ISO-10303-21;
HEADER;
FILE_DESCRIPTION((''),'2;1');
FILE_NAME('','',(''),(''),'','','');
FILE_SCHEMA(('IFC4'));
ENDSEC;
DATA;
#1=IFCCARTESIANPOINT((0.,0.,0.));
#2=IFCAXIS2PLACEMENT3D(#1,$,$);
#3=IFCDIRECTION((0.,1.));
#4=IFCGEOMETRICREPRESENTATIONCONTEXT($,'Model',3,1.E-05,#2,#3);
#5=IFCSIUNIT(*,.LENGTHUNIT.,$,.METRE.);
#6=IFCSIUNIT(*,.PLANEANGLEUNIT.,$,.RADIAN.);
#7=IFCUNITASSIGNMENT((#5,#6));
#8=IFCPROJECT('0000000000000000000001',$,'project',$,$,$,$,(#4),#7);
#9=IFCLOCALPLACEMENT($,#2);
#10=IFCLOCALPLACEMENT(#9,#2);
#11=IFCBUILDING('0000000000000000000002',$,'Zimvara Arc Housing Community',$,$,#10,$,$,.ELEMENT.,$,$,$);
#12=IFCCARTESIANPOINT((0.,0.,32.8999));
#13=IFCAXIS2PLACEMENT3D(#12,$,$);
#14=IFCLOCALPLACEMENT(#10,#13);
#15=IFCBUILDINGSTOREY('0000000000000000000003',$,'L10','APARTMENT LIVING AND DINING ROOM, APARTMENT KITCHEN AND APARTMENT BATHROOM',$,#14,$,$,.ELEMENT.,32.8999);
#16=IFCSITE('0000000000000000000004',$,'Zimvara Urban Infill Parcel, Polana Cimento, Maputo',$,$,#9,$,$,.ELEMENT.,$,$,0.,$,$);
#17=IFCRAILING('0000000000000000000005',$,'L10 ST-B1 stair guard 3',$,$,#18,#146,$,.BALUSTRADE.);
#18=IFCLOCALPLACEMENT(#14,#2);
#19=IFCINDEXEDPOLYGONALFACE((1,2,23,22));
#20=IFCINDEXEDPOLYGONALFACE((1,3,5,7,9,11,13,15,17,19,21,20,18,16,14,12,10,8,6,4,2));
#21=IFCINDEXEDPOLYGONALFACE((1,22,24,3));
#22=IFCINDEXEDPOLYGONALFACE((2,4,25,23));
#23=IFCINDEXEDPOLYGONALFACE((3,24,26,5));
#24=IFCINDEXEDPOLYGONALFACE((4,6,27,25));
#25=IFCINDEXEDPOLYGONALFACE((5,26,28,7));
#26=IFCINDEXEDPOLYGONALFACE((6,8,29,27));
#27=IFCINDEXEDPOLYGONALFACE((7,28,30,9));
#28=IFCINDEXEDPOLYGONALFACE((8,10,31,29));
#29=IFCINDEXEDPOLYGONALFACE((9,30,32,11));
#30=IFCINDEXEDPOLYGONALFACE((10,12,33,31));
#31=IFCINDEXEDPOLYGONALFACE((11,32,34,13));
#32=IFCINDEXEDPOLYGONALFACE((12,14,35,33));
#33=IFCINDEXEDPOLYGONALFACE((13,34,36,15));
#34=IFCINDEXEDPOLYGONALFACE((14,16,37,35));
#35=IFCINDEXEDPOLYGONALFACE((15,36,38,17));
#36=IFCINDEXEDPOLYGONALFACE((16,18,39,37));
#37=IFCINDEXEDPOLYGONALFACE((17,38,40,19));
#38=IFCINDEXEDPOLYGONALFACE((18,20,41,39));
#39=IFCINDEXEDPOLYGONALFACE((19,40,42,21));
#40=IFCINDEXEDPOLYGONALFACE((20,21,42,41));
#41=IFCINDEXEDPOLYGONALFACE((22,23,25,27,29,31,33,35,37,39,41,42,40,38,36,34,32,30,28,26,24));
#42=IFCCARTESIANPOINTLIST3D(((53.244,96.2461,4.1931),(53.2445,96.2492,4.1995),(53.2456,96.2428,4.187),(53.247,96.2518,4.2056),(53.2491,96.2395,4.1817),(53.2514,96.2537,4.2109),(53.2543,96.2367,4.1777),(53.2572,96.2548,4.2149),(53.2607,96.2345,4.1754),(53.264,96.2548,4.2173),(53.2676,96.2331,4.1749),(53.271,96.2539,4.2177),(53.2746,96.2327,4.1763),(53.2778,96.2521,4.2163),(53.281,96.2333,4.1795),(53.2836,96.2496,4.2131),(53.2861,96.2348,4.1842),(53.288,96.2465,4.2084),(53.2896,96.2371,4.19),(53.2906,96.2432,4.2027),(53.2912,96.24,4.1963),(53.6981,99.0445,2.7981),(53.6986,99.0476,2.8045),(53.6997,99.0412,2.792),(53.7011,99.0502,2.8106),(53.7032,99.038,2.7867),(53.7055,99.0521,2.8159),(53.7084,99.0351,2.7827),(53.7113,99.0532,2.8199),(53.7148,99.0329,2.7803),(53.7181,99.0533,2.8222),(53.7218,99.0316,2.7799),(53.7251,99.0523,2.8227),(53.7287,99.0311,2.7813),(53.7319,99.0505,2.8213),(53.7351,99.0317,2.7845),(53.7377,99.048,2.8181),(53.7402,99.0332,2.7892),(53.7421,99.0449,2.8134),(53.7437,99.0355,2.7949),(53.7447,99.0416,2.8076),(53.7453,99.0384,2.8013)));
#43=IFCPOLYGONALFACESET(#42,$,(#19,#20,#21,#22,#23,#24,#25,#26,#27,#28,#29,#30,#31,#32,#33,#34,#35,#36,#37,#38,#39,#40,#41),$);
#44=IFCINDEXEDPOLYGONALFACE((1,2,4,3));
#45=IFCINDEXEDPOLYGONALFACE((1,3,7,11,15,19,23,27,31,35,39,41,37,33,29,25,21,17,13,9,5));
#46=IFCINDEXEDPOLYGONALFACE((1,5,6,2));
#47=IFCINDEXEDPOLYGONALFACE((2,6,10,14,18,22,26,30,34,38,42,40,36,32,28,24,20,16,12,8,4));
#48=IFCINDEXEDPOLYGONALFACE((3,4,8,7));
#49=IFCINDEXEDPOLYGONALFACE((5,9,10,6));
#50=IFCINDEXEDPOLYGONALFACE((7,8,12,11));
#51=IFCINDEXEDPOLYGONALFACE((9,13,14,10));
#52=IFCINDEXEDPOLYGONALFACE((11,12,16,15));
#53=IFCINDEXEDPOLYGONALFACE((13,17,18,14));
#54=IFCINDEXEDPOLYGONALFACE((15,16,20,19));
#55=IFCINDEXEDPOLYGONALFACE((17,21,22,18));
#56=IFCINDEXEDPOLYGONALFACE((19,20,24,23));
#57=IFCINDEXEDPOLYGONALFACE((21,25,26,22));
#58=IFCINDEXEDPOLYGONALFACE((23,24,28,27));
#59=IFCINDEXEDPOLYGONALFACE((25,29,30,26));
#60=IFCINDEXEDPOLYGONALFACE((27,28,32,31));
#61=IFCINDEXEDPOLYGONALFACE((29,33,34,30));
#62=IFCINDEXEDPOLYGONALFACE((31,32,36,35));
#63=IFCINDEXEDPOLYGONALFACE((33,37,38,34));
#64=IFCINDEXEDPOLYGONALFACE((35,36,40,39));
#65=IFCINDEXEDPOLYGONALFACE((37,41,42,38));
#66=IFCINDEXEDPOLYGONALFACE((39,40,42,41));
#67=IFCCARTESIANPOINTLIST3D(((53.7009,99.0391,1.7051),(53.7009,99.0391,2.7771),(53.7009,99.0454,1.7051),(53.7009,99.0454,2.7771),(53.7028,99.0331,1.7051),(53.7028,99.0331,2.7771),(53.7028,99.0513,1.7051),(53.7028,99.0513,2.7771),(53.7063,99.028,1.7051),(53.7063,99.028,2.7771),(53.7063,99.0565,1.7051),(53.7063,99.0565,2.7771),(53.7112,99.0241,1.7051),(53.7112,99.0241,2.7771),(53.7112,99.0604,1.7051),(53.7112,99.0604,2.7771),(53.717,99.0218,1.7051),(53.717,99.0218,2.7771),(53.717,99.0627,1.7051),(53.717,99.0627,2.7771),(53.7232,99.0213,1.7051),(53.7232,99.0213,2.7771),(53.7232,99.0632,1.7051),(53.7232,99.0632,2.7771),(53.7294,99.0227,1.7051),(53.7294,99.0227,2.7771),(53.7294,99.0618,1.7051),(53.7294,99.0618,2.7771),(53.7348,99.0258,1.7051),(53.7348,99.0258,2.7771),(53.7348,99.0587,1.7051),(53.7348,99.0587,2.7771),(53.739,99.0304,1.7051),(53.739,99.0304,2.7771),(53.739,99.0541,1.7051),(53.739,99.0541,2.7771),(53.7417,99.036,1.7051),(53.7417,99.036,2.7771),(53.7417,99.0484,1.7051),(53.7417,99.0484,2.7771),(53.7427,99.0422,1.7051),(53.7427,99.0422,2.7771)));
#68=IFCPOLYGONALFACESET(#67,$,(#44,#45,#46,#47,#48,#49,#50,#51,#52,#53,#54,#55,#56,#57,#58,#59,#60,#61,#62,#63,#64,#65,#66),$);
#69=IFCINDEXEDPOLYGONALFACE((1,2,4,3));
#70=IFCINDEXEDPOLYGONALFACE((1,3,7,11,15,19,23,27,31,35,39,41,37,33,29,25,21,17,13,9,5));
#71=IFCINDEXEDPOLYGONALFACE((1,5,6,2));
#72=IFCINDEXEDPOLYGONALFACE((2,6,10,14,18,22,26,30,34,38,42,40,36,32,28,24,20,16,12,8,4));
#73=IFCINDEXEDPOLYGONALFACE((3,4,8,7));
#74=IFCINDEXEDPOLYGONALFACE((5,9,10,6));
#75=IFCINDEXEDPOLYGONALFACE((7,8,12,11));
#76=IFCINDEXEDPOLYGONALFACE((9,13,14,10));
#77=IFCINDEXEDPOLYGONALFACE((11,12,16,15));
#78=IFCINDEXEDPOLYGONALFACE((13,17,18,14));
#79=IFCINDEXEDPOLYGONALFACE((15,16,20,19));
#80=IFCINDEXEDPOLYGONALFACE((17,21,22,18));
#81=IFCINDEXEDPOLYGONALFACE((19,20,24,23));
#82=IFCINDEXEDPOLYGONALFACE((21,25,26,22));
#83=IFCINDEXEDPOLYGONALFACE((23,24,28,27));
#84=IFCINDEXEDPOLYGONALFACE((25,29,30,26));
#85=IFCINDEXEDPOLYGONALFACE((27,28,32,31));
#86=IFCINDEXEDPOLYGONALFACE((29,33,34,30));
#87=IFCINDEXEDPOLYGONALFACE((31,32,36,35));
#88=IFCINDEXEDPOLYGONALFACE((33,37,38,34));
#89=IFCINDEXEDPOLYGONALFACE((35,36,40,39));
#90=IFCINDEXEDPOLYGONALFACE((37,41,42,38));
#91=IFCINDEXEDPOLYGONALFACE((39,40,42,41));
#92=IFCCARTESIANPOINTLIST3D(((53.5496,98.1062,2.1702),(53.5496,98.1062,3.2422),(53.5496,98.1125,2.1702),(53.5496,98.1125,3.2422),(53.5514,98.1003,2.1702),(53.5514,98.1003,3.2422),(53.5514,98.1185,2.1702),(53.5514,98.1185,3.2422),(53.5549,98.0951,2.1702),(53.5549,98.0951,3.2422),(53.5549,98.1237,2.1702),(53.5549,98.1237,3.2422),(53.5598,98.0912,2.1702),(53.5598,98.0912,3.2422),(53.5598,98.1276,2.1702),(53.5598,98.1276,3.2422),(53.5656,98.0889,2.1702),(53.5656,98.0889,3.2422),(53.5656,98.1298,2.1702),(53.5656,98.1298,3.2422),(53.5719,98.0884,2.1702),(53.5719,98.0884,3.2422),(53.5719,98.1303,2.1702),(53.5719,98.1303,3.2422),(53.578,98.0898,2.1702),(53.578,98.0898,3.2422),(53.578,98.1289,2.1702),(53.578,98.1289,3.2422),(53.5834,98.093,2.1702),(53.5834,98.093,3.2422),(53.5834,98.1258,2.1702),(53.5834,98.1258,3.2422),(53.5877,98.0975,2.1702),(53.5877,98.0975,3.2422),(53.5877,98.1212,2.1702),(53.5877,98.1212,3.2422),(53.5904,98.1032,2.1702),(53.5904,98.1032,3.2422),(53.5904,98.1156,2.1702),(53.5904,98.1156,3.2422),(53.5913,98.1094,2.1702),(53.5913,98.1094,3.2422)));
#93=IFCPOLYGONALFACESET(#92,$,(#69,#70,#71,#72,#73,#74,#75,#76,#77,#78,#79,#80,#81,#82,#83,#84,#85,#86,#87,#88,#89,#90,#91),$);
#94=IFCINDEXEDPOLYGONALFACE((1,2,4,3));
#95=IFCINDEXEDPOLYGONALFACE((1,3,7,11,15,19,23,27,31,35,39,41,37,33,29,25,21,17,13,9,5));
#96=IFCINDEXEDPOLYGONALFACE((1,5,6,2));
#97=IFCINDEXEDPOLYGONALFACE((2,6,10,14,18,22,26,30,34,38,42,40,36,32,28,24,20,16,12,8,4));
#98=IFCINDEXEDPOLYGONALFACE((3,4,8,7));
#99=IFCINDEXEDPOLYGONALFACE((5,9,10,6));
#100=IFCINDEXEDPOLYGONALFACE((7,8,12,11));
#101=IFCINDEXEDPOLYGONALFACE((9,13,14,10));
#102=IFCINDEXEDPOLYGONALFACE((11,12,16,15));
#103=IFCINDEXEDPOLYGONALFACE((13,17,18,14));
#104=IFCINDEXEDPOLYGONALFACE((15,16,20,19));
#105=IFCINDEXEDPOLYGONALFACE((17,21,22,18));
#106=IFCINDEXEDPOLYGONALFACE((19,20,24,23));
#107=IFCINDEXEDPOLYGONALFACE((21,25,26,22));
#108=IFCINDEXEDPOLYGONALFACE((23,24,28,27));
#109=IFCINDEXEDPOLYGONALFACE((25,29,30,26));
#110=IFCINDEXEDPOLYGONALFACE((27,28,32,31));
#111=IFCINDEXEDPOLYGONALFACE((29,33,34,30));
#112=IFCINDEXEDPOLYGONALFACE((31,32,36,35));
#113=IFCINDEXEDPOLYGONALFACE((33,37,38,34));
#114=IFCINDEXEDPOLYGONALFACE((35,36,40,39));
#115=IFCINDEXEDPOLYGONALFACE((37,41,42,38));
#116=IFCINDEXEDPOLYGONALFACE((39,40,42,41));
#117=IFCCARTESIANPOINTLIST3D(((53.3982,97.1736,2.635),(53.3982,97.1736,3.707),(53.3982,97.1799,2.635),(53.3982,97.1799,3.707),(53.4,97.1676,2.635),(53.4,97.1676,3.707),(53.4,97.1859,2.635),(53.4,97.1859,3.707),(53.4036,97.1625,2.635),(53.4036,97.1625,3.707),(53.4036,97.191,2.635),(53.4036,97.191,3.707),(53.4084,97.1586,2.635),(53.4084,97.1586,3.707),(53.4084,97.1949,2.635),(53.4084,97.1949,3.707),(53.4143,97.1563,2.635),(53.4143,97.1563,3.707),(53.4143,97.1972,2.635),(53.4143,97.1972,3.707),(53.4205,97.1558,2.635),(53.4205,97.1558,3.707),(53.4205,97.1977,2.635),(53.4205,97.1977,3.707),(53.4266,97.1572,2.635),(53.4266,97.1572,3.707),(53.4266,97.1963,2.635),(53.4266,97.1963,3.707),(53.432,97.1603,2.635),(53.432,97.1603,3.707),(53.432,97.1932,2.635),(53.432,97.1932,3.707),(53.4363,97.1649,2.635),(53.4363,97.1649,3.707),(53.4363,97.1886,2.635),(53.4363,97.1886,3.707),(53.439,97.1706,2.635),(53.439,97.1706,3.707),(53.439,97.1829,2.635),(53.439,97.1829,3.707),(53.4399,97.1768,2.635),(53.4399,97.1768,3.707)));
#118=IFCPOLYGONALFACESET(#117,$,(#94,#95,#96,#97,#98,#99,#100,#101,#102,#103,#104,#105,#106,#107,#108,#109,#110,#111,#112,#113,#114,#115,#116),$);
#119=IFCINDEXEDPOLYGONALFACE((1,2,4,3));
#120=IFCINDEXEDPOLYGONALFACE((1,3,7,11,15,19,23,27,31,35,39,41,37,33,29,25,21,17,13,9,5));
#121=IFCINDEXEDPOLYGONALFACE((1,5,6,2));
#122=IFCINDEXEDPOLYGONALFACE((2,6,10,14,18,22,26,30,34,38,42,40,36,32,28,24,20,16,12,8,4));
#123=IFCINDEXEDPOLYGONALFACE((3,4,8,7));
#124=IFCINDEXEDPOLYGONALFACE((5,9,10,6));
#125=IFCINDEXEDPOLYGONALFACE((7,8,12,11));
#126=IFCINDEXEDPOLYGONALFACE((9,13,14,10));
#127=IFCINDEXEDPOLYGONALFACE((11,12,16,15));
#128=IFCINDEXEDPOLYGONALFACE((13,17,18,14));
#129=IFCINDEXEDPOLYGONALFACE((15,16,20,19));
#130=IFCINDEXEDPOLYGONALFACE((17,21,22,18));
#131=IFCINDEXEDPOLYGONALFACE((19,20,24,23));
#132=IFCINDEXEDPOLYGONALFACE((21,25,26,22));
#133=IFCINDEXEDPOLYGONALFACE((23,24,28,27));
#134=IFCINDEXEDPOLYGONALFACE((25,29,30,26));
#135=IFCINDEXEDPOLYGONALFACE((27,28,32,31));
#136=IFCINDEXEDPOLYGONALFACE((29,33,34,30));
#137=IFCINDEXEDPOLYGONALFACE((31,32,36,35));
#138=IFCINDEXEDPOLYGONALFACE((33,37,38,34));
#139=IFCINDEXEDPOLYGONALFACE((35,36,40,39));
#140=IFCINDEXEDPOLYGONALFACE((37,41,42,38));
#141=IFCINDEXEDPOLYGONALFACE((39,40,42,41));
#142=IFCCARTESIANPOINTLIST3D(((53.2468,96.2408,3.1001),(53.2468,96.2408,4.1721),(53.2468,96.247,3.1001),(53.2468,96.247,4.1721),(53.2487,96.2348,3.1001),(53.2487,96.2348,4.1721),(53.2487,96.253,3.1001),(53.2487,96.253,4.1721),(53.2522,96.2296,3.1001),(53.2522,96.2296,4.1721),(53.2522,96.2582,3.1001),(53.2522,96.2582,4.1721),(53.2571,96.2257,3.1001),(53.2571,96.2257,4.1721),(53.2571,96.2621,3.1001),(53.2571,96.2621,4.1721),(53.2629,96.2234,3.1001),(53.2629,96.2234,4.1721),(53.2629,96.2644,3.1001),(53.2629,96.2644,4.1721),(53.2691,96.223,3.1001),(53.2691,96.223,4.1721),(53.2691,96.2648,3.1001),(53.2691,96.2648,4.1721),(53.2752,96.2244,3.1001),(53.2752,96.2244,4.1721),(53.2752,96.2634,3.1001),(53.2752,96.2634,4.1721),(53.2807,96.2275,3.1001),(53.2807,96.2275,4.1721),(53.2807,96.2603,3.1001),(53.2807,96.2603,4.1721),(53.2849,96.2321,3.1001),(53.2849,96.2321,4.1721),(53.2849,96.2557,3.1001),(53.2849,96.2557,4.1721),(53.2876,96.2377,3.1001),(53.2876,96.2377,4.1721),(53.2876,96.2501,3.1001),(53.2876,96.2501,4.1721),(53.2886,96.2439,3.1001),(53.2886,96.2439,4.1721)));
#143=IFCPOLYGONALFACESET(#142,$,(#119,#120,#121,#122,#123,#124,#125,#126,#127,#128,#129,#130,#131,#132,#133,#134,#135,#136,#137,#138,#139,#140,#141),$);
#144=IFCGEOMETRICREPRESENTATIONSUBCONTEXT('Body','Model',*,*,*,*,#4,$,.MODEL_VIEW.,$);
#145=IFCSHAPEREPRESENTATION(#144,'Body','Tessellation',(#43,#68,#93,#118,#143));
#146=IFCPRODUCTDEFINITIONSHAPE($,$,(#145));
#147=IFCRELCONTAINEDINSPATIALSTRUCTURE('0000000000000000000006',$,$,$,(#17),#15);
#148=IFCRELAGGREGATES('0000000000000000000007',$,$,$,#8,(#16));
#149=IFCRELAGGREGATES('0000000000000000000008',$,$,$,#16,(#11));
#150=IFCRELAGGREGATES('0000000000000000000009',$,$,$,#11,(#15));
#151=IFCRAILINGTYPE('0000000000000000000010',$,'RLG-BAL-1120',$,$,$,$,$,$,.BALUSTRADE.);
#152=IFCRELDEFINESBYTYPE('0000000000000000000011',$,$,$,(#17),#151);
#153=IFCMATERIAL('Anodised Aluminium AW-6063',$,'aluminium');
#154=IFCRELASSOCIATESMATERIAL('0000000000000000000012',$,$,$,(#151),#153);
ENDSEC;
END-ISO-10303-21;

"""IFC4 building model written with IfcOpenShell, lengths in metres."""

from ifc_helpers import new_model, si_unit, direction, frame, origin, origin_2d, place, context, subcontext, project, spatial, circle, extrude, material, type_object, element, save


model = new_model("IFC4")

# Units and contexts
model_context = context("Model", 3, precision=1e-05, world=origin(), true_north=direction((0.0, 1.0)))
body_context = subcontext(model_context, "Body", "Model", "MODEL_VIEW")
ifc_project = project(units=[si_unit("LENGTHUNIT", "METRE"), si_unit("PLANEANGLEUNIT", "RADIAN")], contexts=[model_context])

# Site, building, storey
site_placement = place(None, origin())
site = spatial("IfcSite", under=ifc_project, at=site_placement, Name="Zimvara Urban Infill Parcel, Polana Cimento, Maputo", CompositionType="ELEMENT", RefElevation=0.0)
building_placement = place(site_placement, origin())
building = spatial("IfcBuilding", under=site, at=building_placement, Name="Zimvara Arc Housing Community", CompositionType="ELEMENT")
storey_placement = place(building_placement, frame((0.0, 0.0, 32.8999)))
storey = spatial("IfcBuildingStorey", under=building, at=storey_placement, Name="L10", Description="APARTMENT LIVING AND DINING ROOM, APARTMENT KITCHEN AND APARTMENT BATHROOM", CompositionType="ELEMENT", Elevation=32.8999)

# Railing
ifc_material_1 = material(Name="Anodised Aluminium AW-6063", Category="aluminium")
railing_type_1 = type_object("IfcRailingType", Name="RLG-BAL-1120", PredefinedType="BALUSTRADE", material=ifc_material_1)
railing_1_placement = place(storey_placement, frame((53.7217, 99.0422, 1.7051)))
element("IfcRailing", 1, at=railing_1_placement, inside=storey, type_object=railing_type_1, Name="L10 ST-B1 stair guard 3", PredefinedType="BALUSTRADE", context=body_context, shape_type="SweptSolid", body=[
    extrude(circle(Radius=0.0239, at=origin_2d()), frame((0.0, 0.0, 1.0962), z_axis=(-0.143722, -0.885666, 0.44152), x_axis=(0.987088, -0.16018, 0.0)), (0.0, 0.0, 1.0), 3.1597),
    extrude(circle(Radius=0.021, at=origin_2d()), origin(), (0.0, 0.0, 1.0), 1.072),
    extrude(circle(Radius=0.021, at=origin_2d()), frame((-0.1514, -0.9329, 0.4651)), (0.0, 0.0, 1.0), 1.072),
    extrude(circle(Radius=0.021, at=origin_2d()), frame((-0.3027, -1.8655, 0.9299)), (0.0, 0.0, 1.0), 1.072),
    extrude(circle(Radius=0.021, at=origin_2d()), frame((-0.4541, -2.7983, 1.395)), (0.0, 0.0, 1.0), 1.072),
])

save(model, "model.ifc")
